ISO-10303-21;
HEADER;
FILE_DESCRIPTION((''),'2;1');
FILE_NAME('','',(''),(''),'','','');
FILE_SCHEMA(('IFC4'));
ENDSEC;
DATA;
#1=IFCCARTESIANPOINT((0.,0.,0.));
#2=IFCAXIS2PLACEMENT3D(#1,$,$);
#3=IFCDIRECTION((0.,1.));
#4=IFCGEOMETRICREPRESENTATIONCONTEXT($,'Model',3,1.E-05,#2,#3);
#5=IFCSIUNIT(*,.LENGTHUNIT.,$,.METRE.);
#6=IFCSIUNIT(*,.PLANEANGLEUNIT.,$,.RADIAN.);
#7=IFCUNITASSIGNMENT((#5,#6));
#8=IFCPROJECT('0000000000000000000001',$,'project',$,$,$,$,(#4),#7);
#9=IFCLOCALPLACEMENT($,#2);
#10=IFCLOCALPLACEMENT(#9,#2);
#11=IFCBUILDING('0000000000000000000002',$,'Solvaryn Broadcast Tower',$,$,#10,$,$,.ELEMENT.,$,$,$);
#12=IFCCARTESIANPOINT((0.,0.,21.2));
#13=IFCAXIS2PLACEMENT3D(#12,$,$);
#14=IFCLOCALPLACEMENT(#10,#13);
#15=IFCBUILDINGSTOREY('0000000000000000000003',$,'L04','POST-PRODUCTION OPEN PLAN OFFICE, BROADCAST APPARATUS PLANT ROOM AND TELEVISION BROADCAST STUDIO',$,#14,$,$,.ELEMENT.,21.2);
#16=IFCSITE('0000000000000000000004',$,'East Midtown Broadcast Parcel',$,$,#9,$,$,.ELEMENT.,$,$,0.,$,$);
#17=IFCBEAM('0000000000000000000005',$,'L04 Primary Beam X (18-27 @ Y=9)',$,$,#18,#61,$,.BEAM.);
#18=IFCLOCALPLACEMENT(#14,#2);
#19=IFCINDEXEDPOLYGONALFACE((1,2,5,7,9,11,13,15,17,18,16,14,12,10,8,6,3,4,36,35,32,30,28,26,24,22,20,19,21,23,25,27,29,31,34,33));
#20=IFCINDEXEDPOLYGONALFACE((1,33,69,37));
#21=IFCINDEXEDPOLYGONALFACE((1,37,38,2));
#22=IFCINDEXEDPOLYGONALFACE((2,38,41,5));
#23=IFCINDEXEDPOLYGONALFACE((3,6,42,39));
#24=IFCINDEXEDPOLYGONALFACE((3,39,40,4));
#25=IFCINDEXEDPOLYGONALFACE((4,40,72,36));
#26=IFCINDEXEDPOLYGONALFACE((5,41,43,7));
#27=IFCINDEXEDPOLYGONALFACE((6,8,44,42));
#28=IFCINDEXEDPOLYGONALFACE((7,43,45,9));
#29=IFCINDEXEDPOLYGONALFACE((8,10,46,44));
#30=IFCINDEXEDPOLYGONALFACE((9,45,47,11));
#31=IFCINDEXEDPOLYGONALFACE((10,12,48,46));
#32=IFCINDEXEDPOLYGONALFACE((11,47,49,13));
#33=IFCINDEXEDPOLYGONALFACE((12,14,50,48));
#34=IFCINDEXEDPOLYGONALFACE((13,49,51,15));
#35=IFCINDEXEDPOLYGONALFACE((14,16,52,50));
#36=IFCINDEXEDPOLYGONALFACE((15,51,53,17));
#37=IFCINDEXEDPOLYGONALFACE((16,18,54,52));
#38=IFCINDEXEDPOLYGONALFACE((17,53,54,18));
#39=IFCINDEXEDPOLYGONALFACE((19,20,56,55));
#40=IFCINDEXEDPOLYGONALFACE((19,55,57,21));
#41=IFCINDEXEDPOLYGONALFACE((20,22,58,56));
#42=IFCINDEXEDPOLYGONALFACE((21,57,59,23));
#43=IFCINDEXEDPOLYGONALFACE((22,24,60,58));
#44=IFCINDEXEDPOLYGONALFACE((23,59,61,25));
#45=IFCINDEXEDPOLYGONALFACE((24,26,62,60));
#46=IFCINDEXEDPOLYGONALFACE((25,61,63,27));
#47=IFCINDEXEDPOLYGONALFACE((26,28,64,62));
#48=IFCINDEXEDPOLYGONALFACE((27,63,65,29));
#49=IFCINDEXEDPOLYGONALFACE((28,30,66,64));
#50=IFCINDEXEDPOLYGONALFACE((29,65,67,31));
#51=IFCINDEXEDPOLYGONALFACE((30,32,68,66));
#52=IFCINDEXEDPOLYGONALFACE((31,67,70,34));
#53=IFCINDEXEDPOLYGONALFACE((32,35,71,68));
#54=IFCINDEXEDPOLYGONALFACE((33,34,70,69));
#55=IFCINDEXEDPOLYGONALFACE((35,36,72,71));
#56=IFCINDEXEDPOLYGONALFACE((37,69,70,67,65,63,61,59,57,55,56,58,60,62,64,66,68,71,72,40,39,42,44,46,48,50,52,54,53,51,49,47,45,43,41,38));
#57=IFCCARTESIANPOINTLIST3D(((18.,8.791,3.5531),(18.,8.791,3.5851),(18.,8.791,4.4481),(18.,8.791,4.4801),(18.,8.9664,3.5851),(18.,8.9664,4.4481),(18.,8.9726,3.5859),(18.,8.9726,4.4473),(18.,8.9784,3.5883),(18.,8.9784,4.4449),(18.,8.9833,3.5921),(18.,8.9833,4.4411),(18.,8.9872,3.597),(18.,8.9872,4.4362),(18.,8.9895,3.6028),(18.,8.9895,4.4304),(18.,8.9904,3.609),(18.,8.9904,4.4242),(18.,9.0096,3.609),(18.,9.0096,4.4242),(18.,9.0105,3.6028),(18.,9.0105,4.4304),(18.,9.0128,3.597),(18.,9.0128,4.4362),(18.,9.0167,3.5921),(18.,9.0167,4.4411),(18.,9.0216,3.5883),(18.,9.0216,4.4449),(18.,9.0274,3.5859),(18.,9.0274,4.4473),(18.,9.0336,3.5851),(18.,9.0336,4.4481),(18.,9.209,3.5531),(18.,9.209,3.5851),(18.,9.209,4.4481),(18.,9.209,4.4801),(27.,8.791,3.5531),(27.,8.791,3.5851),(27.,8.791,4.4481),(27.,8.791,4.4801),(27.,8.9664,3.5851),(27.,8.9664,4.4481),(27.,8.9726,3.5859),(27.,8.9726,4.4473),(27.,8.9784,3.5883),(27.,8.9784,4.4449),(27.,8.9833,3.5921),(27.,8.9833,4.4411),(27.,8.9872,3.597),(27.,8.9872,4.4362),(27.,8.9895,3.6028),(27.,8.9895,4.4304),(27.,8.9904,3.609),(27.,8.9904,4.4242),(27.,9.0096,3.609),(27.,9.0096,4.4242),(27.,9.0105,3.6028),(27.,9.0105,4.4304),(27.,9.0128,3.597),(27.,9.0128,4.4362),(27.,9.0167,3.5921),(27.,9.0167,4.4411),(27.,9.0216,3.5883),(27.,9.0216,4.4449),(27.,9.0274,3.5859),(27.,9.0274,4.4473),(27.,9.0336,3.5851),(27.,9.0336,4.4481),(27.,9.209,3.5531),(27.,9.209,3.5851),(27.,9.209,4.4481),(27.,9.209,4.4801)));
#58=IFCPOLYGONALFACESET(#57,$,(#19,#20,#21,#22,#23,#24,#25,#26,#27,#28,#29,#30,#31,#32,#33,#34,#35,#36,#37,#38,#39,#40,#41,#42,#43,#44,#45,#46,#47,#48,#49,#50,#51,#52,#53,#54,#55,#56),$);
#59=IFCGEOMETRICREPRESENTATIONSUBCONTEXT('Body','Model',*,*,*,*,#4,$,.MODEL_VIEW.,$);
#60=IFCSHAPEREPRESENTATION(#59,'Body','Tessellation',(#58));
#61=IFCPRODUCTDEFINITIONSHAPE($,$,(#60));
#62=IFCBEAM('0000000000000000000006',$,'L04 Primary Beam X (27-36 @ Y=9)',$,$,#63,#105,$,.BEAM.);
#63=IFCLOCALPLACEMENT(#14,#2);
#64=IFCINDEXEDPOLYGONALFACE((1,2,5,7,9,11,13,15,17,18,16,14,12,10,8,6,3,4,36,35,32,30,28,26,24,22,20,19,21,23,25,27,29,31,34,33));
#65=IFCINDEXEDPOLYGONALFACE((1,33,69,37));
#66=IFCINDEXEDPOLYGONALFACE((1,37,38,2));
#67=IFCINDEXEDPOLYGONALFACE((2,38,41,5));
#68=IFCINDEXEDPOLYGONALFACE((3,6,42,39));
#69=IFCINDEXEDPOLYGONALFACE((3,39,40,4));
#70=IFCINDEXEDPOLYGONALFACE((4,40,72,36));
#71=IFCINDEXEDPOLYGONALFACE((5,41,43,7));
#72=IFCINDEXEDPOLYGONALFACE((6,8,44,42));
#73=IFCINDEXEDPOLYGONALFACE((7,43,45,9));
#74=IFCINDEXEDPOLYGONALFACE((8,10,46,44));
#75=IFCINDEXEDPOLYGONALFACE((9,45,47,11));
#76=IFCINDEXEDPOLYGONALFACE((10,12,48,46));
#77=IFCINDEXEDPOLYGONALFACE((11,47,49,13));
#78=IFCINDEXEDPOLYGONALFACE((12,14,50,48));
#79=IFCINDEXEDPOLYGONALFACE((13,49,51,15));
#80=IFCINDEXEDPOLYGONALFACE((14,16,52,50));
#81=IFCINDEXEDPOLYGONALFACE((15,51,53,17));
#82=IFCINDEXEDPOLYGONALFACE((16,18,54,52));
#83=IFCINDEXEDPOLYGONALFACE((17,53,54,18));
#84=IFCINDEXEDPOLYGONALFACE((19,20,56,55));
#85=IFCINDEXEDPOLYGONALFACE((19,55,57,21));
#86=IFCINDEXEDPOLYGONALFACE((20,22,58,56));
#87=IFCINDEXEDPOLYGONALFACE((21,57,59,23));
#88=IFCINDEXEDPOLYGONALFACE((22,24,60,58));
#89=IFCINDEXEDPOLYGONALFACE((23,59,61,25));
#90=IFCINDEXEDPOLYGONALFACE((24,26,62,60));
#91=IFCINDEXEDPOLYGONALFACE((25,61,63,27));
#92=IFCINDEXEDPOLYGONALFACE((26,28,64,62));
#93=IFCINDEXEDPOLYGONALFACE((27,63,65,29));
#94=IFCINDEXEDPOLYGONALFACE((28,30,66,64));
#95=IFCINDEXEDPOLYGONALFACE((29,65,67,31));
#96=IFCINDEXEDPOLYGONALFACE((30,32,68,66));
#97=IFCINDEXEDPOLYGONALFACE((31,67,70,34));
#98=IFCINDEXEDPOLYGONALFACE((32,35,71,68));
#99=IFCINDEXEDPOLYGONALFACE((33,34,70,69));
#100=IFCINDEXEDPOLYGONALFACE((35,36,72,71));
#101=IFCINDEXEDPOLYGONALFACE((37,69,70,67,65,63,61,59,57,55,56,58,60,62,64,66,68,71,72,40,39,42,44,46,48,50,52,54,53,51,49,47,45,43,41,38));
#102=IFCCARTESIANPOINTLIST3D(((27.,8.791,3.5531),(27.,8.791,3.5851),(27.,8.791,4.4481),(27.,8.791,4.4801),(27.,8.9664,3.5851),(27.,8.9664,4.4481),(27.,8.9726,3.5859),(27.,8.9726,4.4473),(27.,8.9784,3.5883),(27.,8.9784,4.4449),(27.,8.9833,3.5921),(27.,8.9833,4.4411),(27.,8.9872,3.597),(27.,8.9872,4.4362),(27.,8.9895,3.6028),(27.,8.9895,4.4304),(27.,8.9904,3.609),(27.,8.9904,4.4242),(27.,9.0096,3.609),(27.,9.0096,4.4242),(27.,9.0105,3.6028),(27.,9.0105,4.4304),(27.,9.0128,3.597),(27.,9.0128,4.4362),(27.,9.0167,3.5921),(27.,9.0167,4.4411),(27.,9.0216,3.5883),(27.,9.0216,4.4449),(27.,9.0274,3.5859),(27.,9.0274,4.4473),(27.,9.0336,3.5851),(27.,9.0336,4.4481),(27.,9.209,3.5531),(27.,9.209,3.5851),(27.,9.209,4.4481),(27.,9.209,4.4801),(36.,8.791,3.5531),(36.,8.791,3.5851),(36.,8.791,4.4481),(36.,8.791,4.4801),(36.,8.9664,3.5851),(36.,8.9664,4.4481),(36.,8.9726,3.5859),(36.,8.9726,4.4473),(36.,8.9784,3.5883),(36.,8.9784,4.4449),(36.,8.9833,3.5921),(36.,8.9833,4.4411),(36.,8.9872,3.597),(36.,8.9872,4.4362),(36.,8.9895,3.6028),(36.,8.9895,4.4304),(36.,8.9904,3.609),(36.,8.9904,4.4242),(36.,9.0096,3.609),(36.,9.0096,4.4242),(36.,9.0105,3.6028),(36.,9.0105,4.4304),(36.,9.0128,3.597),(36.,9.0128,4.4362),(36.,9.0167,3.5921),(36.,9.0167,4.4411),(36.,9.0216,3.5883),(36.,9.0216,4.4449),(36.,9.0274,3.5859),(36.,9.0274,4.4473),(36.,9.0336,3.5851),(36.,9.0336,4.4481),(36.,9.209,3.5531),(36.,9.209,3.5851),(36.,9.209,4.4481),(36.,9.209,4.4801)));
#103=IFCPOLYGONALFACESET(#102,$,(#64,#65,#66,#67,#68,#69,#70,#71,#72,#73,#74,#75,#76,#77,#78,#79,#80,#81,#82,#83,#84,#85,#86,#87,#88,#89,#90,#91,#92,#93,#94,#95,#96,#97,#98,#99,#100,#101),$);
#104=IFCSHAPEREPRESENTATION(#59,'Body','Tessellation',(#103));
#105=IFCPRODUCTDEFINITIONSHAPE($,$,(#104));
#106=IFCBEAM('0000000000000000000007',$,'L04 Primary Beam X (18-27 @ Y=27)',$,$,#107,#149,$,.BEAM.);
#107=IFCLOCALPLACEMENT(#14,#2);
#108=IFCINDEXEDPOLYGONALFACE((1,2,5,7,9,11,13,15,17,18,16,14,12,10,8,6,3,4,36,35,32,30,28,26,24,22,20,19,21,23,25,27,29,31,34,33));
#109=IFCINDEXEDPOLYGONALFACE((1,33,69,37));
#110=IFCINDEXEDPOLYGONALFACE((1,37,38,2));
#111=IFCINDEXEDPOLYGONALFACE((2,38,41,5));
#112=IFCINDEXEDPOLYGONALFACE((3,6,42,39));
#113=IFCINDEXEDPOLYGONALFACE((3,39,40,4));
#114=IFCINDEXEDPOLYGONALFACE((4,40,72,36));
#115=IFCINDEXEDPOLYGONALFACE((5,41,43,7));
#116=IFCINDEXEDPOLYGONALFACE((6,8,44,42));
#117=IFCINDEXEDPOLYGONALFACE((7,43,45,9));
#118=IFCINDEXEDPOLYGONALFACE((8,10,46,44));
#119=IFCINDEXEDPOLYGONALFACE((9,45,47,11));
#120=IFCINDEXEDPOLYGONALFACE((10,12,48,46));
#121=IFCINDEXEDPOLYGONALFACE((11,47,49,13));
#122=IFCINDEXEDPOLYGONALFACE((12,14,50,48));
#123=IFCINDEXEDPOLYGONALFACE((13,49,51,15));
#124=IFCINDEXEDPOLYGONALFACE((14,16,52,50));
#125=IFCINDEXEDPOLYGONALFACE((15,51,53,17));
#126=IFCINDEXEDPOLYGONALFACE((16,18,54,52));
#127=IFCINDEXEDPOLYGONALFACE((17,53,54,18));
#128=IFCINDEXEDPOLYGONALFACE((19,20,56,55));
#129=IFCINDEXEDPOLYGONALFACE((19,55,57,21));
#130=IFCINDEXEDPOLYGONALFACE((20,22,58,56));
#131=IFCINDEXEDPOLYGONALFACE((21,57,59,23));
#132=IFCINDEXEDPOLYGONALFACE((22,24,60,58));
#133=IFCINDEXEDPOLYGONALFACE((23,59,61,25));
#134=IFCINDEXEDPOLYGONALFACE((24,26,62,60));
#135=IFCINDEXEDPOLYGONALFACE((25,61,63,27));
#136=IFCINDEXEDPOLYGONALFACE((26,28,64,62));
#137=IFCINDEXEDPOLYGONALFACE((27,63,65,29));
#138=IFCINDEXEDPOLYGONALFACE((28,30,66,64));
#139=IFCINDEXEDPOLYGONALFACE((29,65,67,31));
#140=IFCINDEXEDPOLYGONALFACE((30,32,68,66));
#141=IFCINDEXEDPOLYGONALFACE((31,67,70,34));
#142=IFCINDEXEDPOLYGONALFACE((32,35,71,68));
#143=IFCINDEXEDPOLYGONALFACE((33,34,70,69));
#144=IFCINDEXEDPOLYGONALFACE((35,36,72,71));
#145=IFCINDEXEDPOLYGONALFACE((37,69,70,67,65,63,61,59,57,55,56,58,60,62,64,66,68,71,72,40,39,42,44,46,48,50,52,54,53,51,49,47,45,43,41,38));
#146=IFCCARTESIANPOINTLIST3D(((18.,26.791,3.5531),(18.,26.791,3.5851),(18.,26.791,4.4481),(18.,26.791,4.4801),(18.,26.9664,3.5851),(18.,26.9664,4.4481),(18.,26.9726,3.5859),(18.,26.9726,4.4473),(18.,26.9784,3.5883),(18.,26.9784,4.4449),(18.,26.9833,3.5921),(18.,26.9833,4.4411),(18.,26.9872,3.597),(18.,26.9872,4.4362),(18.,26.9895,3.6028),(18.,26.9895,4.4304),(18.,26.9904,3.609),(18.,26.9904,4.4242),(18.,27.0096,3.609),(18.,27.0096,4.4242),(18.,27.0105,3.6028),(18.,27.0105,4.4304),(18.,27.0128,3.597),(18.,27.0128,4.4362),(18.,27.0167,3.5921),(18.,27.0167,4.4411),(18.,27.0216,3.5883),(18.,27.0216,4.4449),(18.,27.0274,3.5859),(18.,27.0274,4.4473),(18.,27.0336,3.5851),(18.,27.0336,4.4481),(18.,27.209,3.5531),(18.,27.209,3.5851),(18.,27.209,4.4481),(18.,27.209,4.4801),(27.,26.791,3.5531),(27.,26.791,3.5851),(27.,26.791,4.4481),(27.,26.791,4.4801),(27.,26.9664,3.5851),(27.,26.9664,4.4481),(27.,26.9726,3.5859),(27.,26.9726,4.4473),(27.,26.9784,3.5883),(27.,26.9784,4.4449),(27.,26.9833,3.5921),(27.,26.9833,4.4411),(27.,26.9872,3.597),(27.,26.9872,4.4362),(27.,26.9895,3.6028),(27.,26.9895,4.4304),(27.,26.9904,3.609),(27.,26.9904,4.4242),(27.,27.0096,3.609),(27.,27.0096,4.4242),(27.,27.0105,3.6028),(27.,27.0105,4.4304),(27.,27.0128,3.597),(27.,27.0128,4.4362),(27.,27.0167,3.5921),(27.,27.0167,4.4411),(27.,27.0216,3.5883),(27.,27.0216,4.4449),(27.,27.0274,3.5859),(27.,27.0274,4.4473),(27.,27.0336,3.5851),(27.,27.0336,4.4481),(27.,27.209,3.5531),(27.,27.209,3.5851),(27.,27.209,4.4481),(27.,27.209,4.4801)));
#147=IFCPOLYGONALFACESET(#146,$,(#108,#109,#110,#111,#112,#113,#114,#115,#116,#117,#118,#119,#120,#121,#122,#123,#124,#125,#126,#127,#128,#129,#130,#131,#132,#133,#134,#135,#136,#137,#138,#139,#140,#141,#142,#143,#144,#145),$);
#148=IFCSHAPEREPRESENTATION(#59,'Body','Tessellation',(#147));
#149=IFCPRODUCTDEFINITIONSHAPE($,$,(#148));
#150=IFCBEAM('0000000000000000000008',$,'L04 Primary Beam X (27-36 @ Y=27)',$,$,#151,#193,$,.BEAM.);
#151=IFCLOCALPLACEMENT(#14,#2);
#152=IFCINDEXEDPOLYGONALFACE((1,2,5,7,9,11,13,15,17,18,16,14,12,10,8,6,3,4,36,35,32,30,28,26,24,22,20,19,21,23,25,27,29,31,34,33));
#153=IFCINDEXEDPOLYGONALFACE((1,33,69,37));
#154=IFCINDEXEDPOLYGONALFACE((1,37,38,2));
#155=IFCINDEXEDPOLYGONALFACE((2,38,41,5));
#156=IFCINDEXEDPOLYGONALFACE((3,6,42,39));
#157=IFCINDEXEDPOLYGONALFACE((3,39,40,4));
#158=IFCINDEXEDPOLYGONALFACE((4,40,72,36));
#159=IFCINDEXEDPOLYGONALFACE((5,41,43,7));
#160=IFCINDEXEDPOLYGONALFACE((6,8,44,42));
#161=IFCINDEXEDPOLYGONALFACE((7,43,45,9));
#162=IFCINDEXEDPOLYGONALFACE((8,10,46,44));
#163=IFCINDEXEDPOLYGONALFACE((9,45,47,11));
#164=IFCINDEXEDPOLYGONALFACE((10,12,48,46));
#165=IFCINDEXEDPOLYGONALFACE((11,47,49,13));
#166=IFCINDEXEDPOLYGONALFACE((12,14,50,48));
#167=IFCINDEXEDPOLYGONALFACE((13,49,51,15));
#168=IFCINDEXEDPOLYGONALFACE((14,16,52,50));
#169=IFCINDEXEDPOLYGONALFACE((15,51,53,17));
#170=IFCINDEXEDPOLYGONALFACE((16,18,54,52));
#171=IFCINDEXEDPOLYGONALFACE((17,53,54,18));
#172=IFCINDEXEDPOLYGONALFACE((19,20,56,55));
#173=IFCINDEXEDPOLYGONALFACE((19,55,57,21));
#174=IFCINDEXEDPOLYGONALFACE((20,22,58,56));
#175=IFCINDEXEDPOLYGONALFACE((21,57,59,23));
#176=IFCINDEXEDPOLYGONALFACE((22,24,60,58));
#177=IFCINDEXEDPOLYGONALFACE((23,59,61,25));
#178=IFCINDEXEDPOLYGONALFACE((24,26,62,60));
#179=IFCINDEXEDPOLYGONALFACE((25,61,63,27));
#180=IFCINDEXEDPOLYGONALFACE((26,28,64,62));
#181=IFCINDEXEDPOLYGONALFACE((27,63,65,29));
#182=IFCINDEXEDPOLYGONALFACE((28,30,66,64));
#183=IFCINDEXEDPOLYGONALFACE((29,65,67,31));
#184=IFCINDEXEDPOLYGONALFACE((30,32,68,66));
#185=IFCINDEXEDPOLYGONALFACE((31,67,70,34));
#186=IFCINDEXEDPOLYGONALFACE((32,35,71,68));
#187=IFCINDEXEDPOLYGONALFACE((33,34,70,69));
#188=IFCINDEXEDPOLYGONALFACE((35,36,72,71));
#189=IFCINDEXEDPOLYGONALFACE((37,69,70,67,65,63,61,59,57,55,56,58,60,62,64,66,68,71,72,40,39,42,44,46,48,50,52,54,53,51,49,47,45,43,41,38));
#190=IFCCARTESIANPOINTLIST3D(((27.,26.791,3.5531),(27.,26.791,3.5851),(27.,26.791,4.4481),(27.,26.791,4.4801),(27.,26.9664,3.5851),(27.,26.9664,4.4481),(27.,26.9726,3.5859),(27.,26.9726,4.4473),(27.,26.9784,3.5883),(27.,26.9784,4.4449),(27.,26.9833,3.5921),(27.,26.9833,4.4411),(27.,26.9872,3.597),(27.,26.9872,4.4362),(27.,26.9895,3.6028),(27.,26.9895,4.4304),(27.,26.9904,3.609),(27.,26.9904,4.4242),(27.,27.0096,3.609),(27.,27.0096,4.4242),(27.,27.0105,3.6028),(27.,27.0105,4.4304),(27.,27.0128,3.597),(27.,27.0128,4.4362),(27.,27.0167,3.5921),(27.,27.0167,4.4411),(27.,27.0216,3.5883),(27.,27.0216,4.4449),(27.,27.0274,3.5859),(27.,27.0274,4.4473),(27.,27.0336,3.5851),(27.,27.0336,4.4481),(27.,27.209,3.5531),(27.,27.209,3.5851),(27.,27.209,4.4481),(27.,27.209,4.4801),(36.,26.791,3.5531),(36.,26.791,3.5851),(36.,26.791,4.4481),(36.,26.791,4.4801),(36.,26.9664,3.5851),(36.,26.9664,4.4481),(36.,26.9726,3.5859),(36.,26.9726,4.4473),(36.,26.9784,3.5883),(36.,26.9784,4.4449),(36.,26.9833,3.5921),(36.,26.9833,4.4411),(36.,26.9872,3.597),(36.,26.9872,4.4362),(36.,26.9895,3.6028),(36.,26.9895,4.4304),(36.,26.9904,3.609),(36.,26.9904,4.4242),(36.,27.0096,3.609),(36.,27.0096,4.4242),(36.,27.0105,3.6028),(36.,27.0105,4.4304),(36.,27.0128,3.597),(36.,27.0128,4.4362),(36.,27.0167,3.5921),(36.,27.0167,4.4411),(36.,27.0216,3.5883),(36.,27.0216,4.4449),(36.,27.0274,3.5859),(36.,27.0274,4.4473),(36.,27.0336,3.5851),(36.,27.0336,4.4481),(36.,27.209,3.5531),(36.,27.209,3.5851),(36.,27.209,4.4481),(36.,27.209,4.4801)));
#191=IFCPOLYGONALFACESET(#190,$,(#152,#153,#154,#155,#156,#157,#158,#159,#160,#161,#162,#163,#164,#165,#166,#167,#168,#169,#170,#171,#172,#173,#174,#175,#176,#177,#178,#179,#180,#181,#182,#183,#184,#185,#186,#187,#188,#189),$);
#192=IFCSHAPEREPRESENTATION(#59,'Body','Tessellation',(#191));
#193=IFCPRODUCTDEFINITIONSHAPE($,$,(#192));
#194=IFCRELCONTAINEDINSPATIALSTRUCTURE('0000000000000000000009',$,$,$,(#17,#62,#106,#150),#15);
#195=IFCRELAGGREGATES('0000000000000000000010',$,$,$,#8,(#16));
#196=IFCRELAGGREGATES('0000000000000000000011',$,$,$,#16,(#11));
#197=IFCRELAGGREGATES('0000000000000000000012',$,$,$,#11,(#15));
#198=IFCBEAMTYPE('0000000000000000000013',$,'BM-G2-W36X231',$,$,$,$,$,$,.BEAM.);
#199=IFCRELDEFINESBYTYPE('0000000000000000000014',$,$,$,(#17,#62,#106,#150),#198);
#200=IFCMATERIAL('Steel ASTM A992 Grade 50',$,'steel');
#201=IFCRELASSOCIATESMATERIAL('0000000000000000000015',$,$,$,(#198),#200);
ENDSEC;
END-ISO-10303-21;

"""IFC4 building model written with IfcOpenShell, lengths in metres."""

from ifc_helpers import new_model, si_unit, direction, frame, origin, origin_2d, place, context, subcontext, project, spatial, i_section, extrude, material, material_profile, profile_set, type_object, element, save


model = new_model("IFC4")

# Units and contexts
model_context = context("Model", 3, precision=1e-05, world=origin(), true_north=direction((0.0, 1.0)))
body_context = subcontext(model_context, "Body", "Model", "MODEL_VIEW")
ifc_project = project(units=[si_unit("LENGTHUNIT", "METRE"), si_unit("PLANEANGLEUNIT", "RADIAN")], contexts=[model_context])

# Site, building, storey
site_placement = place(None, origin())
site = spatial("IfcSite", under=ifc_project, at=site_placement, Name="East Midtown Broadcast Parcel", CompositionType="ELEMENT", RefElevation=0.0)
building_placement = place(site_placement, origin())
building = spatial("IfcBuilding", under=site, at=building_placement, Name="Solvaryn Broadcast Tower", CompositionType="ELEMENT")
storey_placement = place(building_placement, frame((0.0, 0.0, 21.2)))
storey = spatial("IfcBuildingStorey", under=building, at=storey_placement, Name="L04", Description="POST-PRODUCTION OPEN PLAN OFFICE, BROADCAST APPARATUS PLANT ROOM AND TELEVISION BROADCAST STUDIO", CompositionType="ELEMENT", Elevation=21.2)

# Beams
ifc_material_1 = material(Name="Steel ASTM A992 Grade 50", Category="steel")
ifc_material_profile_1 = material_profile(ifc_material_1, i_section(OverallWidth=0.418, OverallDepth=0.927, WebThickness=0.0193, FlangeThickness=0.032, FilletRadius=0.0239, at=origin_2d()))
ifc_profile_set_1 = profile_set([ifc_material_profile_1], Name="Steel ASTM A992 Grade 50")
beam_type_1 = type_object("IfcBeamType", Name="BM-G2-W36X231", PredefinedType="BEAM", material=ifc_profile_set_1)
for number, where, z_axis, x_axis, name in (
    (1, (18.0, 9.0, 4.0166), (1.0, 0.0, 0.0), (0.0, 1.0, 0.0), "L04 Primary Beam X (18-27 @ Y=9)"),
    (2, (27.0, 9.0, 4.0166), (1.0, 0.0, 0.0), (0.0, 1.0, 0.0), "L04 Primary Beam X (27-36 @ Y=9)"),
    (3, (18.0, 27.0, 4.0166), (1.0, 0.0, 0.0), (0.0, 1.0, 0.0), "L04 Primary Beam X (18-27 @ Y=27)"),
    (4, (27.0, 27.0, 4.0166), (1.0, 0.0, 0.0), (0.0, 1.0, 0.0), "L04 Primary Beam X (27-36 @ Y=27)"),
):
    element("IfcBeam", number, at=place(storey_placement, frame(where, z_axis=z_axis, x_axis=x_axis)), inside=storey, type_object=beam_type_1, Name=name, PredefinedType="BEAM", context=body_context, shape_type="SweptSolid", body=[
        extrude(i_section(OverallWidth=0.418, OverallDepth=0.927, WebThickness=0.0193, FlangeThickness=0.032, FilletRadius=0.0239, at=origin_2d()), origin(), (0.0, 0.0, 1.0), 9.0),
    ])

save(model, "model.ifc")
